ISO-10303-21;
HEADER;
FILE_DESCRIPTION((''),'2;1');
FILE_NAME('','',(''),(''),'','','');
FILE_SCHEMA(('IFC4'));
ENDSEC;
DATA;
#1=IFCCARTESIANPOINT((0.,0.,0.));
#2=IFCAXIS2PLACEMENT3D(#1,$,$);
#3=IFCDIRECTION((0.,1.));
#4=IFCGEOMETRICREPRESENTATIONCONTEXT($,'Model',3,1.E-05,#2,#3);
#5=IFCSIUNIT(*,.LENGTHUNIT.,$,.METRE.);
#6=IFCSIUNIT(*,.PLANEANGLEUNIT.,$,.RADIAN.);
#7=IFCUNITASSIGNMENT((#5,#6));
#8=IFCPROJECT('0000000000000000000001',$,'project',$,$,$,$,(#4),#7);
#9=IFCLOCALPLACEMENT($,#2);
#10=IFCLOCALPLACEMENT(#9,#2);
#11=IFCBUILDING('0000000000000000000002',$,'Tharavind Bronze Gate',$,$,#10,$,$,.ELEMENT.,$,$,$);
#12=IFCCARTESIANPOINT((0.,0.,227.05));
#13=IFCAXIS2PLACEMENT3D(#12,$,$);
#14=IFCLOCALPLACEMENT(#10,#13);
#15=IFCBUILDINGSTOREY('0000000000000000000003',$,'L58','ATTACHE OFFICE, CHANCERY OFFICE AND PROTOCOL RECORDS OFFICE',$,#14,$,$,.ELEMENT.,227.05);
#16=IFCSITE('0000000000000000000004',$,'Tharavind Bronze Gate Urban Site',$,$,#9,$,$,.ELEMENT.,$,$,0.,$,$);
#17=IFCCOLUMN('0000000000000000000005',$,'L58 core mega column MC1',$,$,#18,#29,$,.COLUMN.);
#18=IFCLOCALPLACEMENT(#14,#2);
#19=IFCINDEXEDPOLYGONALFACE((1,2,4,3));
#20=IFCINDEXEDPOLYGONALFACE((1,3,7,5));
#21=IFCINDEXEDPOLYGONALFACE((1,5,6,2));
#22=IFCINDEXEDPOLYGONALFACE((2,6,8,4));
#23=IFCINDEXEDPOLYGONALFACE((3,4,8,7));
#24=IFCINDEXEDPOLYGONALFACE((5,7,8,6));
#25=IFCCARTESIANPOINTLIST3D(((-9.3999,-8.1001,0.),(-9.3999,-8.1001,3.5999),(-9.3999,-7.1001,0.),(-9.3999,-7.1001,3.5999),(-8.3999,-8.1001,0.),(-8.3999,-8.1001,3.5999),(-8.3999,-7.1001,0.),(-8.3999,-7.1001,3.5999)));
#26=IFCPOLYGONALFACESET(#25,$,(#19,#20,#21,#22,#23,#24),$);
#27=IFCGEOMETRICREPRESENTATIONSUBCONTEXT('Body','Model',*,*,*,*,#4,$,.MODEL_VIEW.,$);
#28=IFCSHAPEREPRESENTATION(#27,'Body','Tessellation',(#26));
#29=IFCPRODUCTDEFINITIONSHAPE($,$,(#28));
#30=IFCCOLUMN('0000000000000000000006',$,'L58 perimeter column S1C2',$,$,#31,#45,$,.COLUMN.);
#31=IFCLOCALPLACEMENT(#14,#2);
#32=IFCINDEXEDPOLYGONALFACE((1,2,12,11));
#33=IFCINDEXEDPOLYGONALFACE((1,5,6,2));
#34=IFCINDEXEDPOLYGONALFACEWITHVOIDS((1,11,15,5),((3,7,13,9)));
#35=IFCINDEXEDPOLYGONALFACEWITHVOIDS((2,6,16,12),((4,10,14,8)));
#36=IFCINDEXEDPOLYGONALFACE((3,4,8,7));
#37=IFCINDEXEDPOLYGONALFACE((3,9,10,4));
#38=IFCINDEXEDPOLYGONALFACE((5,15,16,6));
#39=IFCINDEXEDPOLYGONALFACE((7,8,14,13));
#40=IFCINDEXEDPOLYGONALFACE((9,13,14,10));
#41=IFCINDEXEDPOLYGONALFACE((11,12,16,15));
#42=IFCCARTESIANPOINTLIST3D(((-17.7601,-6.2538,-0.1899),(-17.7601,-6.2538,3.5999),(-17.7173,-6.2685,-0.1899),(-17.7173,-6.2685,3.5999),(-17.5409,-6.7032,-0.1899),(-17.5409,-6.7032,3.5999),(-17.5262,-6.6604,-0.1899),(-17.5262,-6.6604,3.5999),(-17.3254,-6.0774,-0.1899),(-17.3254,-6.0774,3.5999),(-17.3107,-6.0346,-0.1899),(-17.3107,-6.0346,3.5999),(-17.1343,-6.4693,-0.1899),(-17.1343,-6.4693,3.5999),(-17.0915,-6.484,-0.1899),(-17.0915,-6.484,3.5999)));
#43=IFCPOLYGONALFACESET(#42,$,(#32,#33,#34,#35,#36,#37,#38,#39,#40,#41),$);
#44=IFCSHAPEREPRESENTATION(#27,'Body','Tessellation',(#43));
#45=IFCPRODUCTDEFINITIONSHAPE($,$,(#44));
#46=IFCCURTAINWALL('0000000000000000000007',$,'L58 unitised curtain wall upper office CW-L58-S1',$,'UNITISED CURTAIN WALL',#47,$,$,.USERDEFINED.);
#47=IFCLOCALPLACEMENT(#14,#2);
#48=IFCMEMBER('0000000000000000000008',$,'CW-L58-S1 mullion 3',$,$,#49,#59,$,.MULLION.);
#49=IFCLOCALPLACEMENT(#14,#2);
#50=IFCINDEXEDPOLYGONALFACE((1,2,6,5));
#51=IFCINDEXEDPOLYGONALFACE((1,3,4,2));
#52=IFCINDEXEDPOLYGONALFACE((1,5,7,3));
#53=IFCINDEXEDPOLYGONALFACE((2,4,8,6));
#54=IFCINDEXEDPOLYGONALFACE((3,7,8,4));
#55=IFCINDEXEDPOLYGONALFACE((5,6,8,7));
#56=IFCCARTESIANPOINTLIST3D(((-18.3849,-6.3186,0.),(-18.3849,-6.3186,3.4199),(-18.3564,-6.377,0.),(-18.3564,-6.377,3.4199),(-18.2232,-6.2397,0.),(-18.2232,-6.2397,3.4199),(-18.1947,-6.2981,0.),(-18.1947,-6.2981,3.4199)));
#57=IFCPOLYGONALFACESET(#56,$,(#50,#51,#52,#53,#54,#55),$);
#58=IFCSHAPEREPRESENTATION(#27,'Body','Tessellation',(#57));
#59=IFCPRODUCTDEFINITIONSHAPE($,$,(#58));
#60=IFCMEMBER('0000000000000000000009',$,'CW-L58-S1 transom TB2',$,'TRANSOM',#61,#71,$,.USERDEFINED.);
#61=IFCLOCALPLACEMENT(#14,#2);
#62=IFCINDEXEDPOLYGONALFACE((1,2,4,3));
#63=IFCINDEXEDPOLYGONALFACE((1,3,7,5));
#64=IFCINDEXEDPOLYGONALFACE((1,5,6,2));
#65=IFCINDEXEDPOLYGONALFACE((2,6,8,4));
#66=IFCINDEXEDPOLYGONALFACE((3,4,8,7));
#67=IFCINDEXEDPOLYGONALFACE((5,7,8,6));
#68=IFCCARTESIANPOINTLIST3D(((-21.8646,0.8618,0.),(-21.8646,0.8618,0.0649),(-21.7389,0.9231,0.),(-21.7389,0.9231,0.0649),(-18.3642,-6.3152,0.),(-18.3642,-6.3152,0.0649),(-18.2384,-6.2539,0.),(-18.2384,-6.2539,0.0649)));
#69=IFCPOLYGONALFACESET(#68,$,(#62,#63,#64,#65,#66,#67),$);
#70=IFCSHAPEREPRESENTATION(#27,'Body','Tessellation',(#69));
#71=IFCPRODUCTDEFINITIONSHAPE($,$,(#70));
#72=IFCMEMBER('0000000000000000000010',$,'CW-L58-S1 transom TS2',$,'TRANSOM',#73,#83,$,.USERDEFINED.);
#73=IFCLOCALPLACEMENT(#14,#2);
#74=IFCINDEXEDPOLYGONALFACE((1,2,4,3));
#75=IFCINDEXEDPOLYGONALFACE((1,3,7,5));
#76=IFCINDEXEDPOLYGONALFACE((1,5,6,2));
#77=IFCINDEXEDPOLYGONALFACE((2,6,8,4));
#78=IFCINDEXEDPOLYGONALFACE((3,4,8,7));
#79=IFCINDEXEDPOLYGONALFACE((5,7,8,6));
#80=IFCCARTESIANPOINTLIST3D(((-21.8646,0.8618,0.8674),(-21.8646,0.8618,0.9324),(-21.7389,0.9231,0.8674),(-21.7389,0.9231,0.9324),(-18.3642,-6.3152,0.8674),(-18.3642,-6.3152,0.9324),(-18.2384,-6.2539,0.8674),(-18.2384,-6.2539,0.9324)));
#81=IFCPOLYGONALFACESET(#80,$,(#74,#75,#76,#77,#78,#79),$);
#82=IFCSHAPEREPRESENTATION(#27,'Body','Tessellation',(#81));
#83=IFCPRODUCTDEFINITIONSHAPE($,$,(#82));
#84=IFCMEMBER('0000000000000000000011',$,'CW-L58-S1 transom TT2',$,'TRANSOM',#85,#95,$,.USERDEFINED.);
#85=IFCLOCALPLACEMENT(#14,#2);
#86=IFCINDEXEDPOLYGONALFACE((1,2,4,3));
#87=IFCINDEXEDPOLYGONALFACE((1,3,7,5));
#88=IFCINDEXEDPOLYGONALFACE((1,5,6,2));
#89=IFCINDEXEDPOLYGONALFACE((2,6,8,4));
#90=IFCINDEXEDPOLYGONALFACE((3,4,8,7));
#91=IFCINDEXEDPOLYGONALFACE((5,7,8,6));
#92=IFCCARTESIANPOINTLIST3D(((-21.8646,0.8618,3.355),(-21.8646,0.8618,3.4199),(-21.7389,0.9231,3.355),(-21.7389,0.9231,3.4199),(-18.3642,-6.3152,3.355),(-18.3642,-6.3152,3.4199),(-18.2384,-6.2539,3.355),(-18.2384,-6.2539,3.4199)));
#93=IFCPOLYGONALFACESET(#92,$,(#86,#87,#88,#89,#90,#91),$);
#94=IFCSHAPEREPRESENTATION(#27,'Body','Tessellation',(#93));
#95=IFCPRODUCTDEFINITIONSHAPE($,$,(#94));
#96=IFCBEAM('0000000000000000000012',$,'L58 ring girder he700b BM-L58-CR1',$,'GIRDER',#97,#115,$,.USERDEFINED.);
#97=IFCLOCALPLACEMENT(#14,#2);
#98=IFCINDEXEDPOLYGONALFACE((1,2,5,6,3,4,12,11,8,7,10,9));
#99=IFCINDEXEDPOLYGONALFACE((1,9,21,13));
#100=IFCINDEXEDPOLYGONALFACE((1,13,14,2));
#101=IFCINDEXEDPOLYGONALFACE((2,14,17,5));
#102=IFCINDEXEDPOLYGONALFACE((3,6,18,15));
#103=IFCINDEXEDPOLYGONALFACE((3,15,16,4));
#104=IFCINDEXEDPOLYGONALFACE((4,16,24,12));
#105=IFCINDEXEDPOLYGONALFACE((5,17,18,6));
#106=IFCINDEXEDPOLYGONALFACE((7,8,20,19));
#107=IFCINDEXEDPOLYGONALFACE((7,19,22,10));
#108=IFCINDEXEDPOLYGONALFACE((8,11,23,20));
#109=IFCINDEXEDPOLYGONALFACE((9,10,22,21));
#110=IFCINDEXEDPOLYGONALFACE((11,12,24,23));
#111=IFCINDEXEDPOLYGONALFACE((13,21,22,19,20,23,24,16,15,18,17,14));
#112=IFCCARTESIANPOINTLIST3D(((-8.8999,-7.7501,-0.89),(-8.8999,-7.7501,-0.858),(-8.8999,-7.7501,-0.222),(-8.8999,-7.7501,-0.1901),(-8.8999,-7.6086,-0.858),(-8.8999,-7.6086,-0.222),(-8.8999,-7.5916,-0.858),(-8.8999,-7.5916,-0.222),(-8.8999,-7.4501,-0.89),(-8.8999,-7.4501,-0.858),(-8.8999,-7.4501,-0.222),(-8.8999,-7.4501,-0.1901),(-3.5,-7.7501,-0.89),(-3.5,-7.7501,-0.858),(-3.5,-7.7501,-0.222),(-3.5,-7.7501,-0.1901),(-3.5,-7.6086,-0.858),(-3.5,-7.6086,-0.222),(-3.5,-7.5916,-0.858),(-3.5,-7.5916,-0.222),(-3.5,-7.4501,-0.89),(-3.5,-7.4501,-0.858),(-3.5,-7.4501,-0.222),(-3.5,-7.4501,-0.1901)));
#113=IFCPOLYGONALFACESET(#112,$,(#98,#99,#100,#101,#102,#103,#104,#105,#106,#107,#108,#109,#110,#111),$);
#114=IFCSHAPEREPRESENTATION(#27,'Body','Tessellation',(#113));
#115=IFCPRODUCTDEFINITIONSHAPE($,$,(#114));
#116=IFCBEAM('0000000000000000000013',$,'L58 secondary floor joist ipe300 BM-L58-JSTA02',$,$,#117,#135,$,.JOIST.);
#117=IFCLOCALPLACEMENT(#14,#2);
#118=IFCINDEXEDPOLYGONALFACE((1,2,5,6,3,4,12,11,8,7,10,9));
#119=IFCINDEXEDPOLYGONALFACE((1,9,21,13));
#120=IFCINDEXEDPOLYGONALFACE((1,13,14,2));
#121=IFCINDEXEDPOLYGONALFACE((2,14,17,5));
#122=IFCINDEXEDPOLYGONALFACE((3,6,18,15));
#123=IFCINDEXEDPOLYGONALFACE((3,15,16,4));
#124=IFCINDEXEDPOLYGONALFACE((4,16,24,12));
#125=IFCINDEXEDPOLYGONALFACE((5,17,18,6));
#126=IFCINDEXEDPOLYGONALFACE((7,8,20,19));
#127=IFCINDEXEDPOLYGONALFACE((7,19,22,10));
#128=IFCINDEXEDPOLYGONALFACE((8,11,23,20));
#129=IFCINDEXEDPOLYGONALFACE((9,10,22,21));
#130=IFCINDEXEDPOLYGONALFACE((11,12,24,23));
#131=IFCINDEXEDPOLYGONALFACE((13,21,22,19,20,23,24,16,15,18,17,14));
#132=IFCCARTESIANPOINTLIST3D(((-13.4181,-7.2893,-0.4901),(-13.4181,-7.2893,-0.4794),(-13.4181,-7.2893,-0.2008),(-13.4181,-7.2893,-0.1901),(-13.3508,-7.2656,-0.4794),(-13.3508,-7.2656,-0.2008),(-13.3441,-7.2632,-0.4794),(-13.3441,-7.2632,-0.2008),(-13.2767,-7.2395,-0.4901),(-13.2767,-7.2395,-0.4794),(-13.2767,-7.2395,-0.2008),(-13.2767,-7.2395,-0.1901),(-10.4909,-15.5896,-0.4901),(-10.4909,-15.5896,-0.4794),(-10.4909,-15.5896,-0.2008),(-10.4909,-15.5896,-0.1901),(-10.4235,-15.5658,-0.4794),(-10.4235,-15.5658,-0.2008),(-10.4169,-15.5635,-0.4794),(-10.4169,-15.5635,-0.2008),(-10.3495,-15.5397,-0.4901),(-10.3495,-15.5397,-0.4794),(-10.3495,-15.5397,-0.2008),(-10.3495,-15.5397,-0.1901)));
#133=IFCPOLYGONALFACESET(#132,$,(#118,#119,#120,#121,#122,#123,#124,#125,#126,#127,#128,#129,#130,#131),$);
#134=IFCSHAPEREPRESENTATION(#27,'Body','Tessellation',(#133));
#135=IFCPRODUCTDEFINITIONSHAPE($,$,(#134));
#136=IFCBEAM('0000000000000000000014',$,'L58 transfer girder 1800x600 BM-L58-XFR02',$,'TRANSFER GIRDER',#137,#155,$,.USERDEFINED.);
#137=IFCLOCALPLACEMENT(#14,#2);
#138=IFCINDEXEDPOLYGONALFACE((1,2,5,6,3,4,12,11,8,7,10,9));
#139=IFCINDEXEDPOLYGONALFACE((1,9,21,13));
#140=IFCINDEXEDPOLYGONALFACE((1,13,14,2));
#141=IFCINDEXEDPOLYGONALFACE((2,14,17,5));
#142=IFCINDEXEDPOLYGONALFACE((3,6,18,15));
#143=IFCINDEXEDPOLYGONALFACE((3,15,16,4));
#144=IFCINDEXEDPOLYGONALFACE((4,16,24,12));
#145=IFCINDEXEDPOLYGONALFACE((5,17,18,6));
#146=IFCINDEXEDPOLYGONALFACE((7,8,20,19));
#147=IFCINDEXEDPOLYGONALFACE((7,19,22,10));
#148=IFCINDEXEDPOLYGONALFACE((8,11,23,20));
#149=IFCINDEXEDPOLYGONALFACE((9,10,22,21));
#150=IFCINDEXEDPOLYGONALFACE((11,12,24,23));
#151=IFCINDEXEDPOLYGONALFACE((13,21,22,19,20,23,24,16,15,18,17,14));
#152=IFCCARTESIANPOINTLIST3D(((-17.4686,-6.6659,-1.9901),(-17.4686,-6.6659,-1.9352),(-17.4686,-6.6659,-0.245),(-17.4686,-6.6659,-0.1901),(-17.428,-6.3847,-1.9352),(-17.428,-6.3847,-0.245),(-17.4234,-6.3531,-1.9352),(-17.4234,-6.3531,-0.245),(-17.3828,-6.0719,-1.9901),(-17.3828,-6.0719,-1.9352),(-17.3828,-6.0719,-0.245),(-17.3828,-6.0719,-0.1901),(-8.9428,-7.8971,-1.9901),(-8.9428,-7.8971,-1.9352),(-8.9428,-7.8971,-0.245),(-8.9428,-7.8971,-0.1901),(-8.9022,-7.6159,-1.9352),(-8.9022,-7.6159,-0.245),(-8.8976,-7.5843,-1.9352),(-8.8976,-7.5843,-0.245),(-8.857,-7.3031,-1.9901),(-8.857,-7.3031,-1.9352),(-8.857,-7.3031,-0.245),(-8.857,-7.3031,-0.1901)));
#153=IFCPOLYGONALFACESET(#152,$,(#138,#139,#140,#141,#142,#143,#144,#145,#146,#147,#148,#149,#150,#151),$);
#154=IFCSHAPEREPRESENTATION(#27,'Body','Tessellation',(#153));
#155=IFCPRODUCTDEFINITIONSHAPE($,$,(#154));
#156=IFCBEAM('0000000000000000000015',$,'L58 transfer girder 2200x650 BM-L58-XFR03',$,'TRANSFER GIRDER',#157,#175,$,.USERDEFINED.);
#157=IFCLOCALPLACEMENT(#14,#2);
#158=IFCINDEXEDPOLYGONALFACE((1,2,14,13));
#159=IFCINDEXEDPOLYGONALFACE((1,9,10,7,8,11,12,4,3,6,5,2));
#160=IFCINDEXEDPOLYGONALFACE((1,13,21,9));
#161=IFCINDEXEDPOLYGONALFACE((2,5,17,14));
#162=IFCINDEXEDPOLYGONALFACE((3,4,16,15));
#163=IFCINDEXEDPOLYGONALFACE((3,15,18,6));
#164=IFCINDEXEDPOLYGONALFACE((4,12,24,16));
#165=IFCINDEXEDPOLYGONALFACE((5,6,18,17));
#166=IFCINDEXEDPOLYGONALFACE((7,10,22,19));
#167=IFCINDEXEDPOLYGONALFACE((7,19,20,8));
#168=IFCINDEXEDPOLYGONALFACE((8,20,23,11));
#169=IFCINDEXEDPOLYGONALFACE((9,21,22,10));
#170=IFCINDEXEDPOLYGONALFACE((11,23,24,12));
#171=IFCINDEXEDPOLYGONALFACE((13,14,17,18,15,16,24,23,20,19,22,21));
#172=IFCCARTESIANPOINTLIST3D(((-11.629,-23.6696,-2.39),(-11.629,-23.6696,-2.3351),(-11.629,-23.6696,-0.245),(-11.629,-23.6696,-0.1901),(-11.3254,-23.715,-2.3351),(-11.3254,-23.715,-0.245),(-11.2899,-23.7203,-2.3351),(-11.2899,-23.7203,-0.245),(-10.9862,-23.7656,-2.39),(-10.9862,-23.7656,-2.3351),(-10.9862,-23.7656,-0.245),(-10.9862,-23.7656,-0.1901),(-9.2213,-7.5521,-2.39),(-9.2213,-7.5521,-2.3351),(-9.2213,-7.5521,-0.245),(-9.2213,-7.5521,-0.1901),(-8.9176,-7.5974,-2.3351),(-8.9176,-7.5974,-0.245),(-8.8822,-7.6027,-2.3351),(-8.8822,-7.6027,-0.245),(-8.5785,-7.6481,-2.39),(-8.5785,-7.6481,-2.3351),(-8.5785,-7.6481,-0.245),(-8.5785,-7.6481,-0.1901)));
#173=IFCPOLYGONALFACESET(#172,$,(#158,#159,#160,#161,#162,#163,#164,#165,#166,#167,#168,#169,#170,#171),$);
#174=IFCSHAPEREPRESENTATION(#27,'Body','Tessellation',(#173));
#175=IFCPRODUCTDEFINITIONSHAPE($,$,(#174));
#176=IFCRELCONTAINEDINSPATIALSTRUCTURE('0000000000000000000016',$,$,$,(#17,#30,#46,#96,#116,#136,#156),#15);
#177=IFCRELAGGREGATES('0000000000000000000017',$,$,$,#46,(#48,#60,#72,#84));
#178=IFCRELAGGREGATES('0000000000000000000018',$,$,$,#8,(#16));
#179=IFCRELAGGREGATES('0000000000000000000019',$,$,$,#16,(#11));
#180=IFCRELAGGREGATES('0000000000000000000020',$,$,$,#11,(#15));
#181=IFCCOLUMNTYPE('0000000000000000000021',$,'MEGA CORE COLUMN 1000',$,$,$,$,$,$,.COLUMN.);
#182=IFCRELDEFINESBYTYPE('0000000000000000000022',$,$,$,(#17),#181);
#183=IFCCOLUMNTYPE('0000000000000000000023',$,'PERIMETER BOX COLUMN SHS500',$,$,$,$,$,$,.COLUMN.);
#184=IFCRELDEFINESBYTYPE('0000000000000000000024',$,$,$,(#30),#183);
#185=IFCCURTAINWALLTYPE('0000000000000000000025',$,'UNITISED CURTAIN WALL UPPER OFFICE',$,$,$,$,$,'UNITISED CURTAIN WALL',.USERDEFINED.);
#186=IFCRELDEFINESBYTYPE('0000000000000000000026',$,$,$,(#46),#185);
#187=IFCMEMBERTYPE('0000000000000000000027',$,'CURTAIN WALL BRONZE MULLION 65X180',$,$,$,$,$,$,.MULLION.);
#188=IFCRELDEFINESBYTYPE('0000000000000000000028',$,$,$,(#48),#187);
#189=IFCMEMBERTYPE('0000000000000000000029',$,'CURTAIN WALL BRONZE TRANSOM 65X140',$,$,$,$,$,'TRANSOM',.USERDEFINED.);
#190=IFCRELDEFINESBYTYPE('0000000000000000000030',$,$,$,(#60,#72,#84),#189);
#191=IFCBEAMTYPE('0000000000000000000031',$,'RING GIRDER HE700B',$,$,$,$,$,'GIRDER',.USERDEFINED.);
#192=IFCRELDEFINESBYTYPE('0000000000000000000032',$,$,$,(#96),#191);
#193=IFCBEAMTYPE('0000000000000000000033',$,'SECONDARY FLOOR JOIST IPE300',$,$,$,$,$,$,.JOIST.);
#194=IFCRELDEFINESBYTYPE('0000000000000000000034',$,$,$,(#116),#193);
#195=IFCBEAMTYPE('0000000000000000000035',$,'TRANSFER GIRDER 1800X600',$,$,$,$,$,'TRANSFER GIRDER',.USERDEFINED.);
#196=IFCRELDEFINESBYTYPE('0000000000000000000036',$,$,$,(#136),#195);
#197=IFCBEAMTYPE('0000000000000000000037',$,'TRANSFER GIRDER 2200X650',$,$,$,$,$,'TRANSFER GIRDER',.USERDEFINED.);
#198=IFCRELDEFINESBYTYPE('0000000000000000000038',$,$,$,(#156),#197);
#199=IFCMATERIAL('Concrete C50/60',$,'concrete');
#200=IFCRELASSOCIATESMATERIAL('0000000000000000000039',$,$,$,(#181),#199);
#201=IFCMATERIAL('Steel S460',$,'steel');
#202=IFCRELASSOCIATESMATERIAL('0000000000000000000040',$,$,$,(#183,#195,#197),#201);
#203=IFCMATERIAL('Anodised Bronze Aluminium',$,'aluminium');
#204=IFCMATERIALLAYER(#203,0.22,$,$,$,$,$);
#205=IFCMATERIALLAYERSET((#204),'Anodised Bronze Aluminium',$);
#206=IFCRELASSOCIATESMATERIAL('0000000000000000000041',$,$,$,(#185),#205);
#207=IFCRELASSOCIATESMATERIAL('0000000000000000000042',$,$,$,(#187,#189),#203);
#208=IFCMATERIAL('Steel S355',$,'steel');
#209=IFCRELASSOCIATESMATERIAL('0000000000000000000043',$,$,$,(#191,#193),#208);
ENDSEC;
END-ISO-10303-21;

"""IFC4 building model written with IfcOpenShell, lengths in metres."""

from ifc_helpers import new_model, si_unit, direction, frame, origin, origin_2d, place, context, subcontext, project, spatial, rectangle, hollow_rectangle, i_section, extrude, material, layer, layer_set, material_profile, profile_set, type_object, element, aggregate, save


model = new_model("IFC4")

# Units and contexts
model_context = context("Model", 3, precision=1e-05, world=origin(), true_north=direction((0.0, 1.0)))
body_context = subcontext(model_context, "Body", "Model", "MODEL_VIEW")
ifc_project = project(units=[si_unit("LENGTHUNIT", "METRE"), si_unit("PLANEANGLEUNIT", "RADIAN")], contexts=[model_context])

# Site, building, storey
site_placement = place(None, origin())
site = spatial("IfcSite", under=ifc_project, at=site_placement, Name="Tharavind Bronze Gate Urban Site", CompositionType="ELEMENT", RefElevation=0.0)
building_placement = place(site_placement, origin())
building = spatial("IfcBuilding", under=site, at=building_placement, Name="Tharavind Bronze Gate", CompositionType="ELEMENT")
storey_placement = place(building_placement, frame((0.0, 0.0, 227.05)))
storey = spatial("IfcBuildingStorey", under=building, at=storey_placement, Name="L58", Description="ATTACHE OFFICE, CHANCERY OFFICE AND PROTOCOL RECORDS OFFICE", CompositionType="ELEMENT", Elevation=227.05)

# Columns
ifc_material_1 = material(Name="Concrete C50/60", Category="concrete")
ifc_material_profile_1 = material_profile(ifc_material_1, rectangle(XDim=1.0, YDim=1.0, at=origin_2d()), Name="RCCOL1000")
ifc_profile_set_1 = profile_set([ifc_material_profile_1], Name="Concrete C50/60")
column_type_1 = type_object("IfcColumnType", Name="MEGA CORE COLUMN 1000", PredefinedType="COLUMN", material=ifc_profile_set_1)
column_1_placement = place(storey_placement, frame((-8.8999, -7.6001, 0.0), z_axis=(0.0, 0.0, 1.0), x_axis=(1.0, 0.0, 0.0)))
element("IfcColumn", 1, at=column_1_placement, inside=storey, type_object=column_type_1, Name="L58 core mega column MC1", PredefinedType="COLUMN", context=body_context, shape_type="SweptSolid", body=[
    extrude(rectangle(XDim=1.0, YDim=1.0, at=origin_2d()), origin(), (0.0, 0.0, 1.0), 3.5999),
])
ifc_material_2 = material(Name="Steel S460", Category="steel")
ifc_material_profile_2 = material_profile(ifc_material_2, hollow_rectangle(XDim=0.5, YDim=0.5, WallThickness=0.032, at=origin_2d()), Name="SHS500X32")
ifc_profile_set_2 = profile_set([ifc_material_profile_2], Name="Steel S460")
column_type_2 = type_object("IfcColumnType", Name="PERIMETER BOX COLUMN SHS500", PredefinedType="COLUMN", material=ifc_profile_set_2)
column_2_placement = place(storey_placement, frame((-17.4258, -6.3689, -0.1899), z_axis=(0.0, 0.0, 1.0), x_axis=(-0.438371, 0.898794, 0.0)))
element("IfcColumn", 2, at=column_2_placement, inside=storey, type_object=column_type_2, Name="L58 perimeter column S1C2", PredefinedType="COLUMN", context=body_context, shape_type="SweptSolid", body=[
    extrude(hollow_rectangle(XDim=0.5, YDim=0.5, WallThickness=0.032, at=origin_2d()), origin(), (0.0, 0.0, 1.0), 3.7898),
])

# Curtain wall, members
ifc_material_3 = material(Name="Anodised Bronze Aluminium", Category="aluminium")
ifc_layer_1 = layer(ifc_material_3, 0.22)
ifc_layer_set_1 = layer_set([ifc_layer_1], Name="Anodised Bronze Aluminium")
curtain_wall_type = type_object("IfcCurtainWallType", Name="UNITISED CURTAIN WALL UPPER OFFICE", ElementType="UNITISED CURTAIN WALL", PredefinedType="USERDEFINED", material=ifc_layer_set_1)
curtain_wall_placement = place(storey_placement, origin())
curtain_wall = element("IfcCurtainWall", 3, at=curtain_wall_placement, inside=storey, type_object=curtain_wall_type, Name="L58 unitised curtain wall upper office CW-L58-S1", ObjectType="UNITISED CURTAIN WALL", PredefinedType="USERDEFINED")
member_type_1 = type_object("IfcMemberType", Name="CURTAIN WALL BRONZE MULLION 65X180", PredefinedType="MULLION", material=ifc_material_3)
member_1_placement = place(storey_placement, frame((-18.2898, -6.3083, 0.0), z_axis=(0.0, 0.0, 1.0), x_axis=(0.438371, -0.898794, 0.0)))
member_1 = element("IfcMember", 4, at=member_1_placement, type_object=member_type_1, Name="CW-L58-S1 mullion 3", PredefinedType="MULLION", context=body_context, shape_type="SweptSolid", body=[
    extrude(rectangle(XDim=0.0649, YDim=0.1799, at=origin_2d()), origin(), (0.0, 0.0, 1.0), 3.4199),
])
member_type_2 = type_object("IfcMemberType", Name="CURTAIN WALL BRONZE TRANSOM 65X140", ElementType="TRANSOM", PredefinedType="USERDEFINED", material=ifc_material_3)
member_2_placement = place(storey_placement, frame((-20.0515, -2.696, 0.0), z_axis=(0.0, 0.0, 1.0), x_axis=(0.438371, -0.898794, 0.0)))
member_2 = element("IfcMember", 5, at=member_2_placement, type_object=member_type_2, Name="CW-L58-S1 transom TB2", ObjectType="TRANSOM", PredefinedType="USERDEFINED", context=body_context, shape_type="SweptSolid", body=[
    extrude(rectangle(XDim=7.9851, YDim=0.1399, at=origin_2d()), origin(), (0.0, 0.0, 1.0), 0.0649),
])
member_3_placement = place(storey_placement, frame((-20.0515, -2.696, 0.8674), z_axis=(0.0, 0.0, 1.0), x_axis=(0.438371, -0.898794, 0.0)))
member_3 = element("IfcMember", 6, at=member_3_placement, type_object=member_type_2, Name="CW-L58-S1 transom TS2", ObjectType="TRANSOM", PredefinedType="USERDEFINED", context=body_context, shape_type="SweptSolid", body=[
    extrude(rectangle(XDim=7.9851, YDim=0.1399, at=origin_2d()), origin(), (0.0, 0.0, 1.0), 0.0649),
])
member_4_placement = place(storey_placement, frame((-20.0515, -2.696, 3.355), z_axis=(0.0, 0.0, 1.0), x_axis=(0.438371, -0.898794, 0.0)))
member_4 = element("IfcMember", 7, at=member_4_placement, type_object=member_type_2, Name="CW-L58-S1 transom TT2", ObjectType="TRANSOM", PredefinedType="USERDEFINED", context=body_context, shape_type="SweptSolid", body=[
    extrude(rectangle(XDim=7.9851, YDim=0.1399, at=origin_2d()), origin(), (0.0, 0.0, 1.0), 0.0649),
])

# Beams
ifc_material_4 = material(Name="Steel S355", Category="steel")
ifc_material_profile_3 = material_profile(ifc_material_4, i_section(OverallWidth=0.3, OverallDepth=0.7, WebThickness=0.0171, FlangeThickness=0.032, at=origin_2d()), Name="HE700B")
ifc_profile_set_3 = profile_set([ifc_material_profile_3], Name="Steel S355")
beam_type_1 = type_object("IfcBeamType", Name="RING GIRDER HE700B", ElementType="GIRDER", PredefinedType="USERDEFINED", material=ifc_profile_set_3)
beam_1_placement = place(storey_placement, frame((-8.8999, -7.6001, -0.54), z_axis=(1.0, 0.0, 0.0), x_axis=(0.0, 1.0, 0.0)))
element("IfcBeam", 8, at=beam_1_placement, inside=storey, type_object=beam_type_1, Name="L58 ring girder he700b BM-L58-CR1", ObjectType="GIRDER", PredefinedType="USERDEFINED", context=body_context, shape_type="SweptSolid", body=[
    extrude(i_section(OverallWidth=0.3, OverallDepth=0.7, WebThickness=0.0171, FlangeThickness=0.032, at=origin_2d()), origin(), (0.0, 0.0, 1.0), 5.3999),
])
ifc_material_profile_4 = material_profile(ifc_material_4, i_section(OverallWidth=0.1499, OverallDepth=0.3, WebThickness=0.0071, FlangeThickness=0.0107, at=origin_2d()), Name="IPE300")
ifc_profile_set_4 = profile_set([ifc_material_profile_4], Name="Steel S355")
beam_type_2 = type_object("IfcBeamType", Name="SECONDARY FLOOR JOIST IPE300", PredefinedType="JOIST", material=ifc_profile_set_4)
beam_2_placement = place(storey_placement, frame((-13.3474, -7.2644, -0.3401), z_axis=(0.332591, -0.943071, 0.0), x_axis=(0.943071, 0.332591, 0.0)))
element("IfcBeam", 9, at=beam_2_placement, inside=storey, type_object=beam_type_2, Name="L58 secondary floor joist ipe300 BM-L58-JSTA02", PredefinedType="JOIST", context=body_context, shape_type="SweptSolid", body=[
    extrude(i_section(OverallWidth=0.1499, OverallDepth=0.3, WebThickness=0.0071, FlangeThickness=0.0107, at=origin_2d()), origin(), (0.0, 0.0, 1.0), 8.8013),
])
ifc_material_profile_5 = material_profile(ifc_material_2, i_section(OverallWidth=0.6001, OverallDepth=1.8, WebThickness=0.032, FlangeThickness=0.0549, at=origin_2d()), Name="PG1800X600")
ifc_profile_set_5 = profile_set([ifc_material_profile_5], Name="Steel S460")
beam_type_3 = type_object("IfcBeamType", Name="TRANSFER GIRDER 1800X600", ElementType="TRANSFER GIRDER", PredefinedType="USERDEFINED", material=ifc_profile_set_5)
beam_3_placement = place(storey_placement, frame((-8.8999, -7.6001, -1.0901), z_axis=(-0.989734, 0.142925, 0.0), x_axis=(-0.142925, -0.989734, 0.0)))
element("IfcBeam", 10, at=beam_3_placement, inside=storey, type_object=beam_type_3, Name="L58 transfer girder 1800x600 BM-L58-XFR02", ObjectType="TRANSFER GIRDER", PredefinedType="USERDEFINED", context=body_context, shape_type="SweptSolid", body=[
    extrude(i_section(OverallWidth=0.6001, OverallDepth=1.8, WebThickness=0.032, FlangeThickness=0.0549, at=origin_2d()), origin(), (0.0, 0.0, 1.0), 8.6143),
])
ifc_material_profile_6 = material_profile(ifc_material_2, i_section(OverallWidth=0.6499, OverallDepth=2.2, WebThickness=0.0359, FlangeThickness=0.0549, at=origin_2d()), Name="PG2200X650")
ifc_profile_set_6 = profile_set([ifc_material_profile_6], Name="Steel S460")
beam_type_4 = type_object("IfcBeamType", Name="TRANSFER GIRDER 2200X650", ElementType="TRANSFER GIRDER", PredefinedType="USERDEFINED", material=ifc_profile_set_6)
beam_4_placement = place(storey_placement, frame((-8.8999, -7.6001, -1.29), z_axis=(-0.147746, -0.989025, 0.0), x_axis=(0.989025, -0.147746, 0.0)))
element("IfcBeam", 11, at=beam_4_placement, inside=storey, type_object=beam_type_4, Name="L58 transfer girder 2200x650 BM-L58-XFR03", ObjectType="TRANSFER GIRDER", PredefinedType="USERDEFINED", context=body_context, shape_type="SweptSolid", body=[
    extrude(i_section(OverallWidth=0.6499, OverallDepth=2.2, WebThickness=0.0359, FlangeThickness=0.0549, at=origin_2d()), origin(), (0.0, 0.0, 1.0), 16.2964),
])

aggregate(curtain_wall, [member_1, member_2, member_3, member_4])

save(model, "model.ifc")
